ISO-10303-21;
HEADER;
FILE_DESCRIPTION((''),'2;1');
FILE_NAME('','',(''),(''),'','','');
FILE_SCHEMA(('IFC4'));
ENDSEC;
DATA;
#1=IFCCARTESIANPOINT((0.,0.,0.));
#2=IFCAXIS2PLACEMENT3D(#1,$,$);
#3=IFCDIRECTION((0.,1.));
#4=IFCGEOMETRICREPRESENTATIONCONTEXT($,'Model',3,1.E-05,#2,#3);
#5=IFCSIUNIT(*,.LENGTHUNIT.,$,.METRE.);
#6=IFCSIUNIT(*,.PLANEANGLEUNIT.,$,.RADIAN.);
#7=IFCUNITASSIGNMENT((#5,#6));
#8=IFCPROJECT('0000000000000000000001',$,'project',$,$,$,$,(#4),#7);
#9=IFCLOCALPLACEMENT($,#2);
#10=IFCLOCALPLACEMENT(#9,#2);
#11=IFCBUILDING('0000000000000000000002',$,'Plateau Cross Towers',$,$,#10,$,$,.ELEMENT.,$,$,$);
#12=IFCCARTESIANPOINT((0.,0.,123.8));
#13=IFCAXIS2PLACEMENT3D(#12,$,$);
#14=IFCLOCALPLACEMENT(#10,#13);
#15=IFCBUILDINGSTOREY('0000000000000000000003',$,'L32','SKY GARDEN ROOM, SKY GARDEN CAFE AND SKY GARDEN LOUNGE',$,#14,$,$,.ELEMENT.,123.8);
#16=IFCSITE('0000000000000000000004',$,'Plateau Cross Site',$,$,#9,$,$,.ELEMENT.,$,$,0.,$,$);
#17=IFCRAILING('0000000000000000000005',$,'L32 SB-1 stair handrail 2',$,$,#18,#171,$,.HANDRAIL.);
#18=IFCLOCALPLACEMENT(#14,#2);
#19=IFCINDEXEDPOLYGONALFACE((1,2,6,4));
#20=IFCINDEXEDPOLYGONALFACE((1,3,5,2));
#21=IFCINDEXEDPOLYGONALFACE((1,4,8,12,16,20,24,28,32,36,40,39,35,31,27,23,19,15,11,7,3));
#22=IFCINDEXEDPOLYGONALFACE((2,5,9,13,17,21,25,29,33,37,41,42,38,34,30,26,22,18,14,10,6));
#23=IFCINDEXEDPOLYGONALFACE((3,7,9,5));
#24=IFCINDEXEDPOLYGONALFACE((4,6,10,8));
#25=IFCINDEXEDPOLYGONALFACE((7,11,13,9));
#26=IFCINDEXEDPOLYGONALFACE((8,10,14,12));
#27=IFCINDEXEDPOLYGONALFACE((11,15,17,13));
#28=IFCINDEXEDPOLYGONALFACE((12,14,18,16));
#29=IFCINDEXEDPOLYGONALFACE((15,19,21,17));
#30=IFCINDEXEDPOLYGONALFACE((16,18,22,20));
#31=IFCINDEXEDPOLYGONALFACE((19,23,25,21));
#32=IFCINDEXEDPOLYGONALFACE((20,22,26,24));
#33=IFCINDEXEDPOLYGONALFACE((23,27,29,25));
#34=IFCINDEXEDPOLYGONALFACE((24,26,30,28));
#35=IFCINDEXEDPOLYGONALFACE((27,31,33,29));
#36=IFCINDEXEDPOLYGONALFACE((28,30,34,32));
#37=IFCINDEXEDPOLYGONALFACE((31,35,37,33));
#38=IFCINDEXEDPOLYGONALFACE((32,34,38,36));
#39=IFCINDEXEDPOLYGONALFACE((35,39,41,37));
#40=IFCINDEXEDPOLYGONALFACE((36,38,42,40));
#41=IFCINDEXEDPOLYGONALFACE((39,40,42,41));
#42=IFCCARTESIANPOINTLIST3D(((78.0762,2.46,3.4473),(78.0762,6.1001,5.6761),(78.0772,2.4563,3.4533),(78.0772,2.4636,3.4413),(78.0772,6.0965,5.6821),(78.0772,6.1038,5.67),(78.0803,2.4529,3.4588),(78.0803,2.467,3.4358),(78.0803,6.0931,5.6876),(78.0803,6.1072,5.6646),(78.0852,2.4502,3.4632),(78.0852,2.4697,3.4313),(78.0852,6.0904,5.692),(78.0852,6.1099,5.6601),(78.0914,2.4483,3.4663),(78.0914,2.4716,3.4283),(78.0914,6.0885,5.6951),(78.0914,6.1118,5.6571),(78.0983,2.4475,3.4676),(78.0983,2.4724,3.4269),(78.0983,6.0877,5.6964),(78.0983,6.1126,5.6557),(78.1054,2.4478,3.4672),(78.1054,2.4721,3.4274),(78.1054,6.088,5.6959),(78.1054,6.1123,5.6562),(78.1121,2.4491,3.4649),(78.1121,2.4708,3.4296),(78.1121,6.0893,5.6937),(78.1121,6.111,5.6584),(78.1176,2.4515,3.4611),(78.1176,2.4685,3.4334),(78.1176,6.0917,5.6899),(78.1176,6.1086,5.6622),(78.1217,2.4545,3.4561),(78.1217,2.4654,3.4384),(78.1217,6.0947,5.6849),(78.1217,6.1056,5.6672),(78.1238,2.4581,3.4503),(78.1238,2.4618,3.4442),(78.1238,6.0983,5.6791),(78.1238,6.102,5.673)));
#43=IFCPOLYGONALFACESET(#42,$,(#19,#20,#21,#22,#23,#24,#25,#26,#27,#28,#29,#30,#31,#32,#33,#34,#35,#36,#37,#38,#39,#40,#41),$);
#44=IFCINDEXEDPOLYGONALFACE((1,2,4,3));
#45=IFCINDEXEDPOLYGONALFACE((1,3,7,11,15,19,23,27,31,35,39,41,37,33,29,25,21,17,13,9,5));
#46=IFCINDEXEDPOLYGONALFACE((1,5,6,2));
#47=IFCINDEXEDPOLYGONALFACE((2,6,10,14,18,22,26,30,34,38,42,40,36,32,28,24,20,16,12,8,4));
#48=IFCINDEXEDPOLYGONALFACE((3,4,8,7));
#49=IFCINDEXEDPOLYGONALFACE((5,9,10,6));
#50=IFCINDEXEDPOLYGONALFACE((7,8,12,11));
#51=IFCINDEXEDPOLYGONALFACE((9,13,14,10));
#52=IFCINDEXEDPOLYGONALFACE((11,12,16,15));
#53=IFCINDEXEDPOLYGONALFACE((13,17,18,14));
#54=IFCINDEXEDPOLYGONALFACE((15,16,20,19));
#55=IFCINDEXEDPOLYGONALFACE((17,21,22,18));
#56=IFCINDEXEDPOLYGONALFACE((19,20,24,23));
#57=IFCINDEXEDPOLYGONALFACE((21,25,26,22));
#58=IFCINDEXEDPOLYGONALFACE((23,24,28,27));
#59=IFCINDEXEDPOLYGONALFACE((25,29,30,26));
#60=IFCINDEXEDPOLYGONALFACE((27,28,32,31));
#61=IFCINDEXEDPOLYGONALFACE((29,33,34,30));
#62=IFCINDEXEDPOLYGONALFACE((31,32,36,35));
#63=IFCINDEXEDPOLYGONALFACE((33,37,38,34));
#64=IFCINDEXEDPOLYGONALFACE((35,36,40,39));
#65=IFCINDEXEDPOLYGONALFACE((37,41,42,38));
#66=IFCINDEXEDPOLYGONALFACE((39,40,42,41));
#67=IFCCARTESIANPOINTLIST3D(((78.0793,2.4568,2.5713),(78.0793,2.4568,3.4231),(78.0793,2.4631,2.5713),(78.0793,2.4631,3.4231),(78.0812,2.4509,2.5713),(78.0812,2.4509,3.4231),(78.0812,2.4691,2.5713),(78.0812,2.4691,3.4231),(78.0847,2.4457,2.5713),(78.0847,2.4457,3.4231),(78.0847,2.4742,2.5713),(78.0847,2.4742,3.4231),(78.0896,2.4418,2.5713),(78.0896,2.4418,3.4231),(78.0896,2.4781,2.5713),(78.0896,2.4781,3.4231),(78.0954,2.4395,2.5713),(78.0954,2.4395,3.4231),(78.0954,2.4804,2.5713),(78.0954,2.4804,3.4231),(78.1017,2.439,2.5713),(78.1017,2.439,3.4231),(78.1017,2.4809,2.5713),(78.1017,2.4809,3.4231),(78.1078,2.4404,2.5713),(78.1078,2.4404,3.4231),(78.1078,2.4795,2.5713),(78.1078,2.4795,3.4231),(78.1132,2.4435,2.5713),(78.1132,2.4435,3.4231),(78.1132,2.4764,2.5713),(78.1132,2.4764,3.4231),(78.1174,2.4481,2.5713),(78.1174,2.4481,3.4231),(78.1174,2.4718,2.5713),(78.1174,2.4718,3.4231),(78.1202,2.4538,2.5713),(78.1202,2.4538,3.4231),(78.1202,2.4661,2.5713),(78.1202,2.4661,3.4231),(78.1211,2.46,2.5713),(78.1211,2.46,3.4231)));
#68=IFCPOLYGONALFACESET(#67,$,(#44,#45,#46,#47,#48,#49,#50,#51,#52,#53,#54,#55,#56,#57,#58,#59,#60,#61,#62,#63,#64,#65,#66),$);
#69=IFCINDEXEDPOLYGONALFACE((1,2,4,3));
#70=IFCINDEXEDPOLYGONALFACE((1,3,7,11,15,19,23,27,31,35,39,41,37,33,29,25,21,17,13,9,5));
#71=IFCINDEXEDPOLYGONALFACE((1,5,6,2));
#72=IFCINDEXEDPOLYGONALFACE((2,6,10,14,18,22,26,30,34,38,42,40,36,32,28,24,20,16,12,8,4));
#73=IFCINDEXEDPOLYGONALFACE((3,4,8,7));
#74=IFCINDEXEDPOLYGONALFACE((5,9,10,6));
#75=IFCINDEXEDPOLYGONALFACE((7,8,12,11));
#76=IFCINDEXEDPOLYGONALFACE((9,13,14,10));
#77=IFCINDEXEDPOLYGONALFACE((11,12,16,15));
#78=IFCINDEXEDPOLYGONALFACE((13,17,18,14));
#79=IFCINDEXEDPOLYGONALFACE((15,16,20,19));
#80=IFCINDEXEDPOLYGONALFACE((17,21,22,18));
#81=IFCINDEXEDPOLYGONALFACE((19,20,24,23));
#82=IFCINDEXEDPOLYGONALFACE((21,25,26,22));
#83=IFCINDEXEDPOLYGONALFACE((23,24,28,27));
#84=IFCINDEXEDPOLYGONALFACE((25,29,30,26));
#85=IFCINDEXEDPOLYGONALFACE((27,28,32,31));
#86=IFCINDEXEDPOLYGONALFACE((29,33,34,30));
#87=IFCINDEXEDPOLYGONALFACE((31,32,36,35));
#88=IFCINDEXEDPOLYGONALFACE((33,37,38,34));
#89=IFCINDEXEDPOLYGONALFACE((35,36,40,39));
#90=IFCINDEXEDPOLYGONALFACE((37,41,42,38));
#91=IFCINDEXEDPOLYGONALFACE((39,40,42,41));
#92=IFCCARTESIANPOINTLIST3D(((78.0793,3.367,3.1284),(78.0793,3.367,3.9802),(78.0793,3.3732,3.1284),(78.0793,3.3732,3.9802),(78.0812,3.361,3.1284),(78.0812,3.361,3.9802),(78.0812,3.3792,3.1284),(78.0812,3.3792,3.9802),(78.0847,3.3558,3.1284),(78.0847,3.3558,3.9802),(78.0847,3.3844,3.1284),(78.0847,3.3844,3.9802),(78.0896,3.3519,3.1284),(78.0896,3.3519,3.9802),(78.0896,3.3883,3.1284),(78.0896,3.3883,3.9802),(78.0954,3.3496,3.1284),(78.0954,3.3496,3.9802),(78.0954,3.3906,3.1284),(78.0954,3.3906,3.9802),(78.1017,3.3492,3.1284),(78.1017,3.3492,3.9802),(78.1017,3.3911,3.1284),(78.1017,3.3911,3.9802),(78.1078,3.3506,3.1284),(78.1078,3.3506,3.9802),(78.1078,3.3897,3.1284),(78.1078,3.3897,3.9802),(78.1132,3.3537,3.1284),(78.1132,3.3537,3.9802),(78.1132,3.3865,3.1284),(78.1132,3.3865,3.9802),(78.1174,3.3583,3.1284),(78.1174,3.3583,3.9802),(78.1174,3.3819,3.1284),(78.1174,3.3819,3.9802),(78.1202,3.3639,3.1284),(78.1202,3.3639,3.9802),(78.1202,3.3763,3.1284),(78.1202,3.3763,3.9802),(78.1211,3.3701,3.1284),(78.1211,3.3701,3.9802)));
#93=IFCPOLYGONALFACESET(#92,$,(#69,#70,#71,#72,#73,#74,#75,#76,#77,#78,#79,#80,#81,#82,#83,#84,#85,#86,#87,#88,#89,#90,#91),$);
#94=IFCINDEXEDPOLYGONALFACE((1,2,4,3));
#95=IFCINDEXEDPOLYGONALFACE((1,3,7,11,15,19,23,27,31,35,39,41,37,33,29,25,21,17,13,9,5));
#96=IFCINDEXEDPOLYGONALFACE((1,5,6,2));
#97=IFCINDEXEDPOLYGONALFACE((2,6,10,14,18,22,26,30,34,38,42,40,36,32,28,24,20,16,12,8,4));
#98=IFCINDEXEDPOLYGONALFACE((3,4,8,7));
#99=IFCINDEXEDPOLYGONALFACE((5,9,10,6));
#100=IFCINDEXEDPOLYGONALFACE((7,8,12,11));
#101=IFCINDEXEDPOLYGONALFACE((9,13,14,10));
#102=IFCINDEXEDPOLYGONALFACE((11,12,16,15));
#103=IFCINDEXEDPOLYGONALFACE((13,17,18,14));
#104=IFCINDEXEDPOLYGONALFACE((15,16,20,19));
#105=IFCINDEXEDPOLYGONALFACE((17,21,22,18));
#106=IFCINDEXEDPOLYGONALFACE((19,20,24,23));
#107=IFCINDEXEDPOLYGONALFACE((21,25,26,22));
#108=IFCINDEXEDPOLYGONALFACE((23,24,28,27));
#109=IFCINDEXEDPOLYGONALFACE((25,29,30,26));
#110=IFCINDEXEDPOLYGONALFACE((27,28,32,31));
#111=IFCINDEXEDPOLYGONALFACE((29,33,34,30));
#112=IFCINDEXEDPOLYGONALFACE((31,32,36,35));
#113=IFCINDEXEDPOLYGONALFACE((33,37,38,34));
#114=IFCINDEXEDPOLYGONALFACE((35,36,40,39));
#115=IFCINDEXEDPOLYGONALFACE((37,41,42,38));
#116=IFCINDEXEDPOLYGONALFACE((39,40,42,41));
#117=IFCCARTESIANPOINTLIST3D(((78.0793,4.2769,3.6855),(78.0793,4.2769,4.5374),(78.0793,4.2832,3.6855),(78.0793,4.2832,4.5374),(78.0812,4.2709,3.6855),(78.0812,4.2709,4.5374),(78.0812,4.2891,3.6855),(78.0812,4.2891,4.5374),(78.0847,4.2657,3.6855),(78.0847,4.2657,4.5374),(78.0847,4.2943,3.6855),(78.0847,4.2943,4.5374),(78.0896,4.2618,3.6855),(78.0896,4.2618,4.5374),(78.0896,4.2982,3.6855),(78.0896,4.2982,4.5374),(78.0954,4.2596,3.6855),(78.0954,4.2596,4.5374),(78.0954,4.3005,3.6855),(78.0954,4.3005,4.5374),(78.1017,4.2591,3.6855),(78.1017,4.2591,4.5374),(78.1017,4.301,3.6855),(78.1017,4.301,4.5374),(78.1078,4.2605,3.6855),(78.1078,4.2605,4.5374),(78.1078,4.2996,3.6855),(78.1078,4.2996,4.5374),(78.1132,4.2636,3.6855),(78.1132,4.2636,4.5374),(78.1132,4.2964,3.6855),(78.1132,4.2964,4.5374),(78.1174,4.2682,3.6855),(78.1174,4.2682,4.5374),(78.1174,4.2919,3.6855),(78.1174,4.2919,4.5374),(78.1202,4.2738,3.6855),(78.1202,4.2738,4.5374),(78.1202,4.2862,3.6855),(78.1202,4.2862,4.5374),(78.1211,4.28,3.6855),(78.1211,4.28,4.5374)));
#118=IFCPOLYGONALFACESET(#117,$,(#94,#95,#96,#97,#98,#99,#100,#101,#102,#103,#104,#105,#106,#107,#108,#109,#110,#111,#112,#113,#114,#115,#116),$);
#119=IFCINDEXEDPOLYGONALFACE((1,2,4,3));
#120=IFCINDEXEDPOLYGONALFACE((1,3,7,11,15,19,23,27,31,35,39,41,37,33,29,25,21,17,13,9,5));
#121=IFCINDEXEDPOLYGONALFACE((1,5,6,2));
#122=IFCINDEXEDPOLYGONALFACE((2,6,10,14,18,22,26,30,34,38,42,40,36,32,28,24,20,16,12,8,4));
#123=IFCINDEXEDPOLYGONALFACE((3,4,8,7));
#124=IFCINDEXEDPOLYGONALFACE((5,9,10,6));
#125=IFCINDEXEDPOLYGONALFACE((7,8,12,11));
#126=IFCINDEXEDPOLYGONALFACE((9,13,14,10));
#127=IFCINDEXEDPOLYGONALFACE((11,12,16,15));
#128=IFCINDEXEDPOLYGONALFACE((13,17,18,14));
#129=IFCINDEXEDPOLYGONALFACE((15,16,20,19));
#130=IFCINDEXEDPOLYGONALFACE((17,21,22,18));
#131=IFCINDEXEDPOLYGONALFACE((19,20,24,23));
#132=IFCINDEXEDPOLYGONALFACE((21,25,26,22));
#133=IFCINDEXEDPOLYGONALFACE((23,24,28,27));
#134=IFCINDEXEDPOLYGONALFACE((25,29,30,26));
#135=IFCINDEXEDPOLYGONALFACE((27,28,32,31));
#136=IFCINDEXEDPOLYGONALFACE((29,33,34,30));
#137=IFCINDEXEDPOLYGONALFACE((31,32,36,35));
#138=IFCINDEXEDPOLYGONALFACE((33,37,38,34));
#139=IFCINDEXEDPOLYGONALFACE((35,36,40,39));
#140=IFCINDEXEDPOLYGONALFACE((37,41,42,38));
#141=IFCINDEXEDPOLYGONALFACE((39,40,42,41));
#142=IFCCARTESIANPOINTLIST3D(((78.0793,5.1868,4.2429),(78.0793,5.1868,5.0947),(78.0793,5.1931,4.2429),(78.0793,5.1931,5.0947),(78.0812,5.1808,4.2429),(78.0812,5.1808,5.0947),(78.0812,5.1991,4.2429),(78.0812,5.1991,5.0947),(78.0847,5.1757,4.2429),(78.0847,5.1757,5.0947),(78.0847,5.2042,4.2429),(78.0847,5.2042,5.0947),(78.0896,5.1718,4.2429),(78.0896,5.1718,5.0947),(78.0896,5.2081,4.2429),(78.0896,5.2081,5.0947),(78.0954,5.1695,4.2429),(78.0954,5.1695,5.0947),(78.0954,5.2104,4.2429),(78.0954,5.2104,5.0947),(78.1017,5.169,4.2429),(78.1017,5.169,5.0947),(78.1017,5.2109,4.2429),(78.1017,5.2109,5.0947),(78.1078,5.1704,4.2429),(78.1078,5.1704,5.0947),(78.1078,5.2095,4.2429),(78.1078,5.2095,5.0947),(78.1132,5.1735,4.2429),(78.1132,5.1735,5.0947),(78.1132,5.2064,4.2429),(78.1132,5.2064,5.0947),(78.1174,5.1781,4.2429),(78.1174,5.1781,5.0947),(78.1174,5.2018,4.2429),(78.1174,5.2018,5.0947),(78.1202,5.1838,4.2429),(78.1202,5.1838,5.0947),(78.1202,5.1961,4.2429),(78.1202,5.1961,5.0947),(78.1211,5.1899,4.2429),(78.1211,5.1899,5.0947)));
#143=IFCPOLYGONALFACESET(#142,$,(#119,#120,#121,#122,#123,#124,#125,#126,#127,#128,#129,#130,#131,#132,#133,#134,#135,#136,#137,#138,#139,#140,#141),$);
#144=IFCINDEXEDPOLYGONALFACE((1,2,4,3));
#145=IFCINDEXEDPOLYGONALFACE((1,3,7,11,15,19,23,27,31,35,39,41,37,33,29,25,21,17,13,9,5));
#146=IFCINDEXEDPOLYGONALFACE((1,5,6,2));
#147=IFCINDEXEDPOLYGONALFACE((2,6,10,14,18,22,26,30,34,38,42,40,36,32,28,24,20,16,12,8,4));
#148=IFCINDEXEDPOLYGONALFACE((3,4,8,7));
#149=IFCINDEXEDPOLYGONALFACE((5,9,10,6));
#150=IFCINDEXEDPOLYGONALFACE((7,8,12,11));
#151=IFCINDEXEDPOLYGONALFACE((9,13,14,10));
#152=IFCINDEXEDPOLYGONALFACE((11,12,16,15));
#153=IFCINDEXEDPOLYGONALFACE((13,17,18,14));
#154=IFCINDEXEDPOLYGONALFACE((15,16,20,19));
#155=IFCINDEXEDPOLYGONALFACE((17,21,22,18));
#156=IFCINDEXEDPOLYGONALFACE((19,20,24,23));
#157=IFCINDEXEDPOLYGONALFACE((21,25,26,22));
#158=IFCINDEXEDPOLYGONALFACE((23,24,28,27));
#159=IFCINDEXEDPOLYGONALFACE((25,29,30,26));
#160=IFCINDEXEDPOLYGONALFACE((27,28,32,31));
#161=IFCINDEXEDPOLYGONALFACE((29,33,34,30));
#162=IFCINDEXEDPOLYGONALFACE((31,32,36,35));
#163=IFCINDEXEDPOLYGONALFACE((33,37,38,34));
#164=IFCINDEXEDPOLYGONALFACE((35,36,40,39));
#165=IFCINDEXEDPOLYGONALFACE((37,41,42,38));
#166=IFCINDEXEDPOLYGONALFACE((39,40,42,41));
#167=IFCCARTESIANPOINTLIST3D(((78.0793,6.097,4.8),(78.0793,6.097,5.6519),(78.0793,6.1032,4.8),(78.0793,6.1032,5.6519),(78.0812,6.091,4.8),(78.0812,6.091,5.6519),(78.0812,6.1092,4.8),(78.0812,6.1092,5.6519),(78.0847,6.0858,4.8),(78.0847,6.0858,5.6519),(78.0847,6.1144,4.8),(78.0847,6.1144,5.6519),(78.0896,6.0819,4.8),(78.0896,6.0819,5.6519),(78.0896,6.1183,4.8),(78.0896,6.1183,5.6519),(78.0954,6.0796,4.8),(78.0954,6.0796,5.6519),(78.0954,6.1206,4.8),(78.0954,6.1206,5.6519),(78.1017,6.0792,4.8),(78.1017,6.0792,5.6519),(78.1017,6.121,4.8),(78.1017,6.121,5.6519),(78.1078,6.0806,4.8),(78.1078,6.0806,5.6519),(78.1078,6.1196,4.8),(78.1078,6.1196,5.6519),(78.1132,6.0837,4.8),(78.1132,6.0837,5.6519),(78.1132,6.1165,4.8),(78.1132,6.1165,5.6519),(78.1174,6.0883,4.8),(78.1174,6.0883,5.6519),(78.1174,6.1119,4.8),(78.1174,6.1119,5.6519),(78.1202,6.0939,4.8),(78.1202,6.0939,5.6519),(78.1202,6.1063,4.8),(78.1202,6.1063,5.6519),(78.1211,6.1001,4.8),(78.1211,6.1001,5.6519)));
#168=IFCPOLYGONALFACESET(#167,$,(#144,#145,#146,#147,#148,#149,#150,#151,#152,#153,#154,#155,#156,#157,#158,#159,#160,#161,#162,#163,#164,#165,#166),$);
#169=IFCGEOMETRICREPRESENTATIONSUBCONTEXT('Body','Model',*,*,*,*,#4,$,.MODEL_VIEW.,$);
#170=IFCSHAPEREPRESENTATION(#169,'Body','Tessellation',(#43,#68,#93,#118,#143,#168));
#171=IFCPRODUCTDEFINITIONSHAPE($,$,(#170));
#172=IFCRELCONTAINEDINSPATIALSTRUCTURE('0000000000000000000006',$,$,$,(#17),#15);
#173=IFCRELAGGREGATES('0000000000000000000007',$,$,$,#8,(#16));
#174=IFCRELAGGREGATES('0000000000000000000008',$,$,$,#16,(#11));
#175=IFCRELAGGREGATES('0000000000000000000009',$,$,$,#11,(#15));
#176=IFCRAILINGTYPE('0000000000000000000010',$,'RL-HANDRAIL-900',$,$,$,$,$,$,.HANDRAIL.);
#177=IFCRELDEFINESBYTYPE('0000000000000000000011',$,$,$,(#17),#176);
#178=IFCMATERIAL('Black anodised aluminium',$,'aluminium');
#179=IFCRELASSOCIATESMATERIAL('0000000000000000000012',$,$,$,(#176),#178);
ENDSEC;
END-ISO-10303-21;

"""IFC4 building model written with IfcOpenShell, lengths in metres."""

from ifc_helpers import new_model, si_unit, direction, frame, origin, origin_2d, place, context, subcontext, project, spatial, circle, extrude, material, type_object, element, save


model = new_model("IFC4")

# Units and contexts
model_context = context("Model", 3, precision=1e-05, world=origin(), true_north=direction((0.0, 1.0)))
body_context = subcontext(model_context, "Body", "Model", "MODEL_VIEW")
ifc_project = project(units=[si_unit("LENGTHUNIT", "METRE"), si_unit("PLANEANGLEUNIT", "RADIAN")], contexts=[model_context])

# Site, building, storey
site_placement = place(None, origin())
site = spatial("IfcSite", under=ifc_project, at=site_placement, Name="Plateau Cross Site", CompositionType="ELEMENT", RefElevation=0.0)
building_placement = place(site_placement, origin())
building = spatial("IfcBuilding", under=site, at=building_placement, Name="Plateau Cross Towers", CompositionType="ELEMENT")
storey_placement = place(building_placement, frame((0.0, 0.0, 123.8)))
storey = spatial("IfcBuildingStorey", under=building, at=storey_placement, Name="L32", Description="SKY GARDEN ROOM, SKY GARDEN CAFE AND SKY GARDEN LOUNGE", CompositionType="ELEMENT", Elevation=123.8)

# Shared definitions
ifc_material_1 = material(Name="Black anodised aluminium", Category="aluminium")

# Railing
railing_type_1 = type_object("IfcRailingType", Name="RL-HANDRAIL-900", PredefinedType="HANDRAIL", material=ifc_material_1)
railing_1_placement = place(storey_placement, frame((78.1001, 2.46, 2.5713)))
element("IfcRailing", 1, at=railing_1_placement, inside=storey, type_object=railing_type_1, Name="L32 SB-1 stair handrail 2", PredefinedType="HANDRAIL", context=body_context, shape_type="SweptSolid", body=[
    extrude(circle(Radius=0.0239, at=origin_2d()), frame((0.0, 0.0, 0.876), z_axis=(0.0, 0.85284, 0.522172), x_axis=(-1.0, 0.0, 0.0)), (0.0, 0.0, 1.0), 4.2683),
    extrude(circle(Radius=0.021, at=origin_2d()), origin(), (0.0, 0.0, 1.0), 0.8518),
    extrude(circle(Radius=0.021, at=origin_2d()), frame((0.0, 0.9102, 0.5571)), (0.0, 0.0, 1.0), 0.8518),
    extrude(circle(Radius=0.021, at=origin_2d()), frame((0.0, 1.8201, 1.1143)), (0.0, 0.0, 1.0), 0.8518),
    extrude(circle(Radius=0.021, at=origin_2d()), frame((0.0, 2.73, 1.6716)), (0.0, 0.0, 1.0), 0.8518),
    extrude(circle(Radius=0.021, at=origin_2d()), frame((0.0, 3.6401, 2.2288)), (0.0, 0.0, 1.0), 0.8518),
])

save(model, "model.ifc")
